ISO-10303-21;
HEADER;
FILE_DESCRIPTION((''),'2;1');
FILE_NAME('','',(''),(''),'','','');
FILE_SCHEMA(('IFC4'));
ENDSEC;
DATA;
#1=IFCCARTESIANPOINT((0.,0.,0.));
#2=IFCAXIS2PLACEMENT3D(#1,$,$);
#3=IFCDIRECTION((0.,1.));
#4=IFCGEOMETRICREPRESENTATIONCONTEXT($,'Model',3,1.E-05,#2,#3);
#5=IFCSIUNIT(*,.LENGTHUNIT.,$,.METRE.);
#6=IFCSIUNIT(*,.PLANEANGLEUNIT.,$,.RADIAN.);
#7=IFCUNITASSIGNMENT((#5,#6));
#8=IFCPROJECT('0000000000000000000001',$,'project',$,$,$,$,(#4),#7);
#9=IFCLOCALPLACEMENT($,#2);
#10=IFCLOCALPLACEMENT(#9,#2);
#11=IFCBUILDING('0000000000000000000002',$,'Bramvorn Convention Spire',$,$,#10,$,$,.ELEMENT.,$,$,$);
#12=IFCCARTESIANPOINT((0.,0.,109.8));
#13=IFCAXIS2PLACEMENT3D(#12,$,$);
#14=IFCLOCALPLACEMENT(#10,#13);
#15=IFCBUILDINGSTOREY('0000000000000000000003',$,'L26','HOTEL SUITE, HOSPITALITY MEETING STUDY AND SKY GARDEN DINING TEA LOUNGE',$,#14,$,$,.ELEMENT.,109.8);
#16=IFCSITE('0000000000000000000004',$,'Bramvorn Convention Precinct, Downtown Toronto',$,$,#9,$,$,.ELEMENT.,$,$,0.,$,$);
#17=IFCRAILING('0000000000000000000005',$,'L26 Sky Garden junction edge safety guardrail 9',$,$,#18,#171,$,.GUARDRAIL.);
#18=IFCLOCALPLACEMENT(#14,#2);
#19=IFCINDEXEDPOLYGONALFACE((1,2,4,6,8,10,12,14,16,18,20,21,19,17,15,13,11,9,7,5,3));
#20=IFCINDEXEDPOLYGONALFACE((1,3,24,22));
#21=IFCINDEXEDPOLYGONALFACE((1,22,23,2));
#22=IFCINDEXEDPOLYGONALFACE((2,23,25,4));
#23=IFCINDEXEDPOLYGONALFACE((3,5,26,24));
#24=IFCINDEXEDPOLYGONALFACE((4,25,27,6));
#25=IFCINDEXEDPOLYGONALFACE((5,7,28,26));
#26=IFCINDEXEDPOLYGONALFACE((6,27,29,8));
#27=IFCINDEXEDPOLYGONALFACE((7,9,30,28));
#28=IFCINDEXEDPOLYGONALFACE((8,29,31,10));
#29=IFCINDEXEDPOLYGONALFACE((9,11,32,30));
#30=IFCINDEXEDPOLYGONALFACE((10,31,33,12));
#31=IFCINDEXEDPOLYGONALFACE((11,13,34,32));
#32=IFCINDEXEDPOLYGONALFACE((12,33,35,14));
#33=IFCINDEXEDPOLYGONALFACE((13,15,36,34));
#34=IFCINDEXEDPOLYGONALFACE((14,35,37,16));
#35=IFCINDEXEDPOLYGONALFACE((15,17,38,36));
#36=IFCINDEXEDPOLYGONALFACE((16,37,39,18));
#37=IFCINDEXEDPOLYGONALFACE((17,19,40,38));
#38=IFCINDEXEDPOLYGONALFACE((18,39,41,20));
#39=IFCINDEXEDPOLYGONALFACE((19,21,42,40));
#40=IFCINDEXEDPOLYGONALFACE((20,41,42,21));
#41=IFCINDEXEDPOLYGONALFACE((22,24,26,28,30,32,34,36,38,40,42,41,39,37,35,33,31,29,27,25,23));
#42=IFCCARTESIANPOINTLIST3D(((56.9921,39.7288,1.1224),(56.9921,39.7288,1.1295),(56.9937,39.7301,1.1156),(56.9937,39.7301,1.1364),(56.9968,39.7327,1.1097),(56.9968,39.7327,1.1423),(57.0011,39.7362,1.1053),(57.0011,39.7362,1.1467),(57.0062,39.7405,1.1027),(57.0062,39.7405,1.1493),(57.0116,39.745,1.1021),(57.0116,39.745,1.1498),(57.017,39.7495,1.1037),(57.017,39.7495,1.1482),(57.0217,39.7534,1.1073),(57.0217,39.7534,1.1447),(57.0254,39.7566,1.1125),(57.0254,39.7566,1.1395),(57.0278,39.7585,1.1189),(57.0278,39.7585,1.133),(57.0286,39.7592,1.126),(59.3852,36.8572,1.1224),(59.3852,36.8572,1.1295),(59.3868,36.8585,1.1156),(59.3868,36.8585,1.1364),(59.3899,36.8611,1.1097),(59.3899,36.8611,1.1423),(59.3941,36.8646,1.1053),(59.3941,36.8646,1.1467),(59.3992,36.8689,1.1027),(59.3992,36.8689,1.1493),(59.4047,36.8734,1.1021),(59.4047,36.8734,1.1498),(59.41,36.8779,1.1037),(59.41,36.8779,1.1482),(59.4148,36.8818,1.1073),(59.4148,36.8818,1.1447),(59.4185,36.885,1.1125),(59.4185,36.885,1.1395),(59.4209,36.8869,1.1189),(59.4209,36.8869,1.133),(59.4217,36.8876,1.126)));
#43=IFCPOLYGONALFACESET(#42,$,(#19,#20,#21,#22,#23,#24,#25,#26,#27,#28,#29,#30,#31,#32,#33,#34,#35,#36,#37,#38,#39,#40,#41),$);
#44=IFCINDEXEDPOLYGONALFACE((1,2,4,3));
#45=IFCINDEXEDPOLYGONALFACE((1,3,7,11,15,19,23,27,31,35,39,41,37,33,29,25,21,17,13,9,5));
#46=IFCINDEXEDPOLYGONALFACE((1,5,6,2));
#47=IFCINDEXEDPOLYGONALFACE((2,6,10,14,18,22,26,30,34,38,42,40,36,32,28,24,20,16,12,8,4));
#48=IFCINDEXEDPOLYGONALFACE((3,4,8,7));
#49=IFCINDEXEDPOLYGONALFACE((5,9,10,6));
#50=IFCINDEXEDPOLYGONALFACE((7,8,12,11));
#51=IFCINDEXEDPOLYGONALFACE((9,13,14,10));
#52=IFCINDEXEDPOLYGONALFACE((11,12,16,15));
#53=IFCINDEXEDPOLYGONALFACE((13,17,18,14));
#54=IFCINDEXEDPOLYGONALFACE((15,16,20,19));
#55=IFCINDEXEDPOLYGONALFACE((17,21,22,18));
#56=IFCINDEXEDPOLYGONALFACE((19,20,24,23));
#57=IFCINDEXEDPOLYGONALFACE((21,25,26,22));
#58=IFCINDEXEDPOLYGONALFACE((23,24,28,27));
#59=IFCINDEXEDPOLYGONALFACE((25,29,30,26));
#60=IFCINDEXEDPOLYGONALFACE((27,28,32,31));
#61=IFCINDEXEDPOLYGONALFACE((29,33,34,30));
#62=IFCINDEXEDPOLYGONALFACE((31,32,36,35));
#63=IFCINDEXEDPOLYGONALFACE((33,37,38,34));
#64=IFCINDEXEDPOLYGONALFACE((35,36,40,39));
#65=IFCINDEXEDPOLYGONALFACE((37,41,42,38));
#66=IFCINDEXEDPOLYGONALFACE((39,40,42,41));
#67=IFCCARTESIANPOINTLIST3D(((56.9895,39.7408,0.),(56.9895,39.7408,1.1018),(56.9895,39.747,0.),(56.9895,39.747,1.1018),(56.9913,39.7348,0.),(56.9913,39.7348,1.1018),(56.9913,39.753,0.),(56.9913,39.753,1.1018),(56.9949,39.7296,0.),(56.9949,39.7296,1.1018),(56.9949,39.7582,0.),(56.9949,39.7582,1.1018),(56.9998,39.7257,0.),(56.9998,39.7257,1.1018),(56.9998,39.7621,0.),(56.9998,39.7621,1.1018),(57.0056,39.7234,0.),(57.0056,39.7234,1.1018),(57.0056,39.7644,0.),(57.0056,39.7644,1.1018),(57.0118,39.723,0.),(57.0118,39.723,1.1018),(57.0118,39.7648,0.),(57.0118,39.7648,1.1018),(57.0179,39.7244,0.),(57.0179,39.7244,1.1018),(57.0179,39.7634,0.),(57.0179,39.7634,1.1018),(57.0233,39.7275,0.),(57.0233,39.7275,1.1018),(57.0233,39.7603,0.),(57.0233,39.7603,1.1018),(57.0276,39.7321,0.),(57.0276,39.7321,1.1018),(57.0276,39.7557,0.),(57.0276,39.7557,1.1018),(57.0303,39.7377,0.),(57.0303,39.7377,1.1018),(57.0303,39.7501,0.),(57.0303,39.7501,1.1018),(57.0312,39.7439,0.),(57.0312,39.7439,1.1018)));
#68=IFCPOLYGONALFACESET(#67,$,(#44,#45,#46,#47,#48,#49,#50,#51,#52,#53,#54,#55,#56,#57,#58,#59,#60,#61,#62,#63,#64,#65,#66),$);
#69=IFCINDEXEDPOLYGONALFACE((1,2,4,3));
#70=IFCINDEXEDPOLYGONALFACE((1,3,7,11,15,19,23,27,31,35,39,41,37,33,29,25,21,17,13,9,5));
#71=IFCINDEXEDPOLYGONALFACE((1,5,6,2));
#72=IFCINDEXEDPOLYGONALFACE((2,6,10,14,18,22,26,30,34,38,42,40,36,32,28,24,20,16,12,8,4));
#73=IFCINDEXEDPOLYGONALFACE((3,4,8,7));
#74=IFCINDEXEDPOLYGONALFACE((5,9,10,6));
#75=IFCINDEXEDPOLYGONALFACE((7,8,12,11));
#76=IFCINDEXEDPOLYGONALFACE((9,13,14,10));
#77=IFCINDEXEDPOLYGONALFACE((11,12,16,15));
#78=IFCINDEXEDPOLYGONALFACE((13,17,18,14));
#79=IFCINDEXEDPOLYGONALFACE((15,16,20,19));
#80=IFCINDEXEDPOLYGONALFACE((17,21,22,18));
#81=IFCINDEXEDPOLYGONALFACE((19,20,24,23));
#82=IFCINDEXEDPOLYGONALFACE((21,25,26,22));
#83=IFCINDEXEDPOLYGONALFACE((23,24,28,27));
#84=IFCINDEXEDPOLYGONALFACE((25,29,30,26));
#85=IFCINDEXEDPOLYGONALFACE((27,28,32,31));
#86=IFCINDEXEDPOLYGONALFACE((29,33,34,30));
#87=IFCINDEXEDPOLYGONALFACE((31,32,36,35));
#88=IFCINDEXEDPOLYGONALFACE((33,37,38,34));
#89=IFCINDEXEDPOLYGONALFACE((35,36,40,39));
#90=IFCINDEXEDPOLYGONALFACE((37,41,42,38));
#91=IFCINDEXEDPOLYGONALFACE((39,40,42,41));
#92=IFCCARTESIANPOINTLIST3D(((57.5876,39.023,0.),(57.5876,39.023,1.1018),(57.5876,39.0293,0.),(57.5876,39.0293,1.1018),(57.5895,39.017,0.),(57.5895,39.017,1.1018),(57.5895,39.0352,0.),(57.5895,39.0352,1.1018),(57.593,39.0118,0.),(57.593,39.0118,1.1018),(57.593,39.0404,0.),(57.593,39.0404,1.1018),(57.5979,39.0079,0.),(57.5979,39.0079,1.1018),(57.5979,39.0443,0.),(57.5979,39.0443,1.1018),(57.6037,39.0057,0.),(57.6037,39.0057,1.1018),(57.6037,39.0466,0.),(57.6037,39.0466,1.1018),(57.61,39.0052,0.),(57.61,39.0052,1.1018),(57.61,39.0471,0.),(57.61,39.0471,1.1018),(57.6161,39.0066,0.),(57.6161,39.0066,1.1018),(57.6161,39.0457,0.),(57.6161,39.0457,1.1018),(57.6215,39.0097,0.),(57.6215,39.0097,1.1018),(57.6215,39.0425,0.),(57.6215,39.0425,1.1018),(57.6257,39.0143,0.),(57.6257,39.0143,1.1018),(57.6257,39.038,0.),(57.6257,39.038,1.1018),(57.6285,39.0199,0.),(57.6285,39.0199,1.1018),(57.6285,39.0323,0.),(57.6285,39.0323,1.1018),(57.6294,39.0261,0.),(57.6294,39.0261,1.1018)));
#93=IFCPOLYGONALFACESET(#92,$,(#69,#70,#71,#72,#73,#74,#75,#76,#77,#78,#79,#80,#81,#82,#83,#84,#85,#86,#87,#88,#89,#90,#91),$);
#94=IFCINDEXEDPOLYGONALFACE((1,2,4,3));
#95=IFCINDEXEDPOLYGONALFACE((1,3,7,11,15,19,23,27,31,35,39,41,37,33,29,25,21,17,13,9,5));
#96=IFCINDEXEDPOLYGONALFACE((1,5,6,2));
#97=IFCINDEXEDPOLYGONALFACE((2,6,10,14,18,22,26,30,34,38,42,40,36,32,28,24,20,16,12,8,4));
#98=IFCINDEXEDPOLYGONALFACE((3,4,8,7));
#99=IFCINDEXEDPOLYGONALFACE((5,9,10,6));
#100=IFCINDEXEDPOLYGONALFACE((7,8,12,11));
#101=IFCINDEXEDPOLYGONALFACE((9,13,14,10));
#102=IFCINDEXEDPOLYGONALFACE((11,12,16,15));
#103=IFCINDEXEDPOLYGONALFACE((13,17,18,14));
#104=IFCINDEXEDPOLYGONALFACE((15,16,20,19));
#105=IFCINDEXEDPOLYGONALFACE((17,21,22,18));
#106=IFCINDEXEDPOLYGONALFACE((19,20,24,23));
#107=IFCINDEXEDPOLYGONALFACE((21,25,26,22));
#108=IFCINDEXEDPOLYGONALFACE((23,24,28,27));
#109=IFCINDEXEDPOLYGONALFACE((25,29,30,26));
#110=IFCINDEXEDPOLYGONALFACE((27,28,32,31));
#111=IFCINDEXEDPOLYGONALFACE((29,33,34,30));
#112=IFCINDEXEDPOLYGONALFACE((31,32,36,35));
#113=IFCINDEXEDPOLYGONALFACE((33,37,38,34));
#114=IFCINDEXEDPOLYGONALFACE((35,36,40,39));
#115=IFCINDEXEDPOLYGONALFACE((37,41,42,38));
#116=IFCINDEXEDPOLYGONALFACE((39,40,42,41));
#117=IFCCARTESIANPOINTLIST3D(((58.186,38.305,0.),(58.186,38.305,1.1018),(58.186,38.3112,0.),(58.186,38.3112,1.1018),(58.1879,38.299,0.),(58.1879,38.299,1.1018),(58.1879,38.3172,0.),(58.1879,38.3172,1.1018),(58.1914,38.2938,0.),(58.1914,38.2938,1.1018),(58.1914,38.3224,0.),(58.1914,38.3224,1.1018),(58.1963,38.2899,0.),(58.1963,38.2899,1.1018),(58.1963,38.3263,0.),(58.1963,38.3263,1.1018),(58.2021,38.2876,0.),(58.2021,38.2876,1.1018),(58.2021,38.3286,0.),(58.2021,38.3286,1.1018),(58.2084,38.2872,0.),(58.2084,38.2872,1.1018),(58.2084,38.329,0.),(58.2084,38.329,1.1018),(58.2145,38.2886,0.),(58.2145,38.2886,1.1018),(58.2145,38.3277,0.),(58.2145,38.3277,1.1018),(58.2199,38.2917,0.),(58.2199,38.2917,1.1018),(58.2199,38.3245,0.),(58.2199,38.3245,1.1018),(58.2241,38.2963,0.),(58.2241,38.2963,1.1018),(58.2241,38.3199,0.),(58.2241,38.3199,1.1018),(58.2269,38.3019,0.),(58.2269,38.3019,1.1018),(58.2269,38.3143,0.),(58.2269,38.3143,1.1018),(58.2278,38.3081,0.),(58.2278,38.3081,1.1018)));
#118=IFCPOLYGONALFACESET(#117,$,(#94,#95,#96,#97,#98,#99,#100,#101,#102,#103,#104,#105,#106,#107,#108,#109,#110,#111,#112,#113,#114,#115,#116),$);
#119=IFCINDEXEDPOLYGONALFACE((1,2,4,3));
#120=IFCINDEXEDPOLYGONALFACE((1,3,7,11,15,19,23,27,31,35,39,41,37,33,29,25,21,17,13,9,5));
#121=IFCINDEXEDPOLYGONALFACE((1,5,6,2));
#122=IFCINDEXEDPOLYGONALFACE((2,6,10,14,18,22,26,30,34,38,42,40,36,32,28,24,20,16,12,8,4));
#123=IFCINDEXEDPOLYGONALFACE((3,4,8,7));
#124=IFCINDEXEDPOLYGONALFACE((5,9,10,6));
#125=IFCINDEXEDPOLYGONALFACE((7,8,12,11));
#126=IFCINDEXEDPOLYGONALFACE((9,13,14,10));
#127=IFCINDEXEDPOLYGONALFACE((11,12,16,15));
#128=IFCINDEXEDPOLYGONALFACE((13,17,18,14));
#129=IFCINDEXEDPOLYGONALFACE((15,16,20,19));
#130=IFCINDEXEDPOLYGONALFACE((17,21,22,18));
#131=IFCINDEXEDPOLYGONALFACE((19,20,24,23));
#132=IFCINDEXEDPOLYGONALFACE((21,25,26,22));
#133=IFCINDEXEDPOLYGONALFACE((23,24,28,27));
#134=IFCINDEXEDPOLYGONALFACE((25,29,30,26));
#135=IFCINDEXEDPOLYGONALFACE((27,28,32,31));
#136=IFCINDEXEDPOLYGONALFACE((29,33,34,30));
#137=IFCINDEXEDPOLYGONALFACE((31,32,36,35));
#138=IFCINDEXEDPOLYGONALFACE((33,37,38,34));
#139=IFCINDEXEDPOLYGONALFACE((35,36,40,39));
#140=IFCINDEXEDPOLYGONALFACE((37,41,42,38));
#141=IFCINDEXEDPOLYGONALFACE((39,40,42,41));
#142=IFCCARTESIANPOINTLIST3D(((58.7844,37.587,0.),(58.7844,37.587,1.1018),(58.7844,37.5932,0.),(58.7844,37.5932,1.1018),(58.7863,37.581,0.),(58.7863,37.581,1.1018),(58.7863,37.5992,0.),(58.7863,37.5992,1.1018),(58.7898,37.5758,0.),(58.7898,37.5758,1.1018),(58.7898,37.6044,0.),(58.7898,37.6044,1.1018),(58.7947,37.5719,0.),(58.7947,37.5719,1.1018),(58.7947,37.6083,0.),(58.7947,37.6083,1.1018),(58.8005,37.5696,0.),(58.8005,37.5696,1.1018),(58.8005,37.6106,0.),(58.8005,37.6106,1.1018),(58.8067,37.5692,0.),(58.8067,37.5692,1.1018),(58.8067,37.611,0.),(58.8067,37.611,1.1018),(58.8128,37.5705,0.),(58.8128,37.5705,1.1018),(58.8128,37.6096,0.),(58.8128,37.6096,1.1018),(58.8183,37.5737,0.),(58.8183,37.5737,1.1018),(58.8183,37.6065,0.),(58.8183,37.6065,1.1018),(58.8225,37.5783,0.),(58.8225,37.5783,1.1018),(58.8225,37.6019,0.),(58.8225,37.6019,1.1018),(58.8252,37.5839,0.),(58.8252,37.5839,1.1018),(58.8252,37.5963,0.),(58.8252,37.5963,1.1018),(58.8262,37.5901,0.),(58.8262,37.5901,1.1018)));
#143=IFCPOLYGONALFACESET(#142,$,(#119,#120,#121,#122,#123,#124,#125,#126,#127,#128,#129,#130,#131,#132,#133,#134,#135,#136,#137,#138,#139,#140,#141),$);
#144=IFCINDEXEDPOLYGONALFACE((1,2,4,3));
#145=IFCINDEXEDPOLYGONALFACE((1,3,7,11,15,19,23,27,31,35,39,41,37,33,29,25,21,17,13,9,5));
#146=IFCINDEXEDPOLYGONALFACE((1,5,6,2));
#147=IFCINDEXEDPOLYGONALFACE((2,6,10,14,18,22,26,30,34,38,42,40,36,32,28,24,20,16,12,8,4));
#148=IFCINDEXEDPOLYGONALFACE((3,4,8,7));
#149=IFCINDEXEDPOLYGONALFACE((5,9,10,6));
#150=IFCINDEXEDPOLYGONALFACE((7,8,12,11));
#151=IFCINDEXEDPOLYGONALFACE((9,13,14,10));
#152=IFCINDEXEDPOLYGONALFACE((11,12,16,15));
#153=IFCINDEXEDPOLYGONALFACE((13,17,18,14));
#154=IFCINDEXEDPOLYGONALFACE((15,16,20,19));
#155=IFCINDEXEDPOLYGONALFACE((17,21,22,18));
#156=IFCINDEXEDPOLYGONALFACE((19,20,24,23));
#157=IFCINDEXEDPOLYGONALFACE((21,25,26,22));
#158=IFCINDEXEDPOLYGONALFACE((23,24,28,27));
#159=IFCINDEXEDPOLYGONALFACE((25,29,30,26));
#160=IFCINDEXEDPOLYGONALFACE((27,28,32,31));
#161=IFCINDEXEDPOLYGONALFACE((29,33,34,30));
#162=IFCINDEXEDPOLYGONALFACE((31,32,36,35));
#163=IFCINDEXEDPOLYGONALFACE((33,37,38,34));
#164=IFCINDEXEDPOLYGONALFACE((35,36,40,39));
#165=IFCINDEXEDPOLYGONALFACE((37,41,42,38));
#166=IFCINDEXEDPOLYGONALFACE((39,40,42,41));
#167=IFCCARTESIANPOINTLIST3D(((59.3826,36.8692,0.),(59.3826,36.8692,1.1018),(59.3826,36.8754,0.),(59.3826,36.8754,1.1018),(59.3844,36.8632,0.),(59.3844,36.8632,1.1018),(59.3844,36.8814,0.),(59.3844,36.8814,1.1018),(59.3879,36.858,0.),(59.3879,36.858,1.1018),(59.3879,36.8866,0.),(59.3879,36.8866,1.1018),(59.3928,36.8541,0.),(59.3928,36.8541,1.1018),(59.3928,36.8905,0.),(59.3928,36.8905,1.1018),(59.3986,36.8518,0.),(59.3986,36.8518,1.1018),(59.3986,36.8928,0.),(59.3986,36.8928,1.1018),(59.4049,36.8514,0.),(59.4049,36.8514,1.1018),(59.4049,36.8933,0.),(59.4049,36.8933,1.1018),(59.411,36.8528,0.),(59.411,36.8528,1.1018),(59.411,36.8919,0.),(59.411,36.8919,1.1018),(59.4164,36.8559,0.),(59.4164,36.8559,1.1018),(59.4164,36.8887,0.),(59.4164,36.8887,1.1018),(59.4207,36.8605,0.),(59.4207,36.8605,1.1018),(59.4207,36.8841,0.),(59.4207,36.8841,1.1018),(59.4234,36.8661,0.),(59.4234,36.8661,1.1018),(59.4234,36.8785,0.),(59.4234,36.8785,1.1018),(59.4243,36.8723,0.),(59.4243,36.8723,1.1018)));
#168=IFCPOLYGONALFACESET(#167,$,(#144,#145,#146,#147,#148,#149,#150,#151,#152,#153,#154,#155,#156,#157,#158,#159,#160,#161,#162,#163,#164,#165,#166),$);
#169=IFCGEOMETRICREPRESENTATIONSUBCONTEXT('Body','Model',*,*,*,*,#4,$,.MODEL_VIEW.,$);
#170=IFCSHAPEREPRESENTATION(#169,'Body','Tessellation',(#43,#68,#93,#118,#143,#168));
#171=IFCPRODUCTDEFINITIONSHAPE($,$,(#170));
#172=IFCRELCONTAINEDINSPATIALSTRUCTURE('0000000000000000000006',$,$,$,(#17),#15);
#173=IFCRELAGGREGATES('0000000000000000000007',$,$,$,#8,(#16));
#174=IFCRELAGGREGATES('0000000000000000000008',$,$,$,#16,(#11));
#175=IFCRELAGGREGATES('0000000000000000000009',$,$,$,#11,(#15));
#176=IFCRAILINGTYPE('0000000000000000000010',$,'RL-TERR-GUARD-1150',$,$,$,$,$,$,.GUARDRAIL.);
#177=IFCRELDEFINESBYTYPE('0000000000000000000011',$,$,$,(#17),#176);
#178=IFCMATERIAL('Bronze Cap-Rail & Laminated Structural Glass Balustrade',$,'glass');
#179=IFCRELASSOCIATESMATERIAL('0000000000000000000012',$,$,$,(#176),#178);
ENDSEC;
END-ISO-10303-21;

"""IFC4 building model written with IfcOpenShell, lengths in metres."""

from ifc_helpers import new_model, si_unit, direction, frame, origin, origin_2d, place, context, subcontext, project, spatial, circle, extrude, material, type_object, element, save


model = new_model("IFC4")

# Units and contexts
model_context = context("Model", 3, precision=1e-05, world=origin(), true_north=direction((0.0, 1.0)))
body_context = subcontext(model_context, "Body", "Model", "MODEL_VIEW")
ifc_project = project(units=[si_unit("LENGTHUNIT", "METRE"), si_unit("PLANEANGLEUNIT", "RADIAN")], contexts=[model_context])

# Site, building, storey
site_placement = place(None, origin())
site = spatial("IfcSite", under=ifc_project, at=site_placement, Name="Bramvorn Convention Precinct, Downtown Toronto", CompositionType="ELEMENT", RefElevation=0.0)
building_placement = place(site_placement, origin())
building = spatial("IfcBuilding", under=site, at=building_placement, Name="Bramvorn Convention Spire", CompositionType="ELEMENT")
storey_placement = place(building_placement, frame((0.0, 0.0, 109.8)))
storey = spatial("IfcBuildingStorey", under=building, at=storey_placement, Name="L26", Description="HOTEL SUITE, HOSPITALITY MEETING STUDY AND SKY GARDEN DINING TEA LOUNGE", CompositionType="ELEMENT", Elevation=109.8)

# Railing
ifc_material_1 = material(Name="Bronze Cap-Rail & Laminated Structural Glass Balustrade", Category="glass")
railing_type = type_object("IfcRailingType", Name="RL-TERR-GUARD-1150", PredefinedType="GUARDRAIL", material=ifc_material_1)
railing_1_placement = place(storey_placement, frame((57.0103, 39.7439, 0.0)))
element("IfcRailing", 1, at=railing_1_placement, inside=storey, type_object=railing_type, Name="L26 Sky Garden junction edge safety guardrail 9", PredefinedType="GUARDRAIL", context=body_context, shape_type="SweptSolid", body=[
    extrude(circle(Radius=0.0239, at=origin_2d()), frame((0.0, 0.0, 1.126), z_axis=(0.640197, -0.768211, 0.0), x_axis=(0.768211, 0.640197, 0.0)), (0.0, 0.0, 1.0), 3.738),
    extrude(circle(Radius=0.021, at=origin_2d()), origin(), (0.0, 0.0, 1.0), 1.1018),
    extrude(circle(Radius=0.021, at=origin_2d()), frame((0.5981, -0.7178, 0.0)), (0.0, 0.0, 1.0), 1.1018),
    extrude(circle(Radius=0.021, at=origin_2d()), frame((1.1965, -1.4358, 0.0)), (0.0, 0.0, 1.0), 1.1018),
    extrude(circle(Radius=0.021, at=origin_2d()), frame((1.7949, -2.1538, 0.0)), (0.0, 0.0, 1.0), 1.1018),
    extrude(circle(Radius=0.021, at=origin_2d()), frame((2.3931, -2.8716, 0.0)), (0.0, 0.0, 1.0), 1.1018),
])

save(model, "model.ifc")
